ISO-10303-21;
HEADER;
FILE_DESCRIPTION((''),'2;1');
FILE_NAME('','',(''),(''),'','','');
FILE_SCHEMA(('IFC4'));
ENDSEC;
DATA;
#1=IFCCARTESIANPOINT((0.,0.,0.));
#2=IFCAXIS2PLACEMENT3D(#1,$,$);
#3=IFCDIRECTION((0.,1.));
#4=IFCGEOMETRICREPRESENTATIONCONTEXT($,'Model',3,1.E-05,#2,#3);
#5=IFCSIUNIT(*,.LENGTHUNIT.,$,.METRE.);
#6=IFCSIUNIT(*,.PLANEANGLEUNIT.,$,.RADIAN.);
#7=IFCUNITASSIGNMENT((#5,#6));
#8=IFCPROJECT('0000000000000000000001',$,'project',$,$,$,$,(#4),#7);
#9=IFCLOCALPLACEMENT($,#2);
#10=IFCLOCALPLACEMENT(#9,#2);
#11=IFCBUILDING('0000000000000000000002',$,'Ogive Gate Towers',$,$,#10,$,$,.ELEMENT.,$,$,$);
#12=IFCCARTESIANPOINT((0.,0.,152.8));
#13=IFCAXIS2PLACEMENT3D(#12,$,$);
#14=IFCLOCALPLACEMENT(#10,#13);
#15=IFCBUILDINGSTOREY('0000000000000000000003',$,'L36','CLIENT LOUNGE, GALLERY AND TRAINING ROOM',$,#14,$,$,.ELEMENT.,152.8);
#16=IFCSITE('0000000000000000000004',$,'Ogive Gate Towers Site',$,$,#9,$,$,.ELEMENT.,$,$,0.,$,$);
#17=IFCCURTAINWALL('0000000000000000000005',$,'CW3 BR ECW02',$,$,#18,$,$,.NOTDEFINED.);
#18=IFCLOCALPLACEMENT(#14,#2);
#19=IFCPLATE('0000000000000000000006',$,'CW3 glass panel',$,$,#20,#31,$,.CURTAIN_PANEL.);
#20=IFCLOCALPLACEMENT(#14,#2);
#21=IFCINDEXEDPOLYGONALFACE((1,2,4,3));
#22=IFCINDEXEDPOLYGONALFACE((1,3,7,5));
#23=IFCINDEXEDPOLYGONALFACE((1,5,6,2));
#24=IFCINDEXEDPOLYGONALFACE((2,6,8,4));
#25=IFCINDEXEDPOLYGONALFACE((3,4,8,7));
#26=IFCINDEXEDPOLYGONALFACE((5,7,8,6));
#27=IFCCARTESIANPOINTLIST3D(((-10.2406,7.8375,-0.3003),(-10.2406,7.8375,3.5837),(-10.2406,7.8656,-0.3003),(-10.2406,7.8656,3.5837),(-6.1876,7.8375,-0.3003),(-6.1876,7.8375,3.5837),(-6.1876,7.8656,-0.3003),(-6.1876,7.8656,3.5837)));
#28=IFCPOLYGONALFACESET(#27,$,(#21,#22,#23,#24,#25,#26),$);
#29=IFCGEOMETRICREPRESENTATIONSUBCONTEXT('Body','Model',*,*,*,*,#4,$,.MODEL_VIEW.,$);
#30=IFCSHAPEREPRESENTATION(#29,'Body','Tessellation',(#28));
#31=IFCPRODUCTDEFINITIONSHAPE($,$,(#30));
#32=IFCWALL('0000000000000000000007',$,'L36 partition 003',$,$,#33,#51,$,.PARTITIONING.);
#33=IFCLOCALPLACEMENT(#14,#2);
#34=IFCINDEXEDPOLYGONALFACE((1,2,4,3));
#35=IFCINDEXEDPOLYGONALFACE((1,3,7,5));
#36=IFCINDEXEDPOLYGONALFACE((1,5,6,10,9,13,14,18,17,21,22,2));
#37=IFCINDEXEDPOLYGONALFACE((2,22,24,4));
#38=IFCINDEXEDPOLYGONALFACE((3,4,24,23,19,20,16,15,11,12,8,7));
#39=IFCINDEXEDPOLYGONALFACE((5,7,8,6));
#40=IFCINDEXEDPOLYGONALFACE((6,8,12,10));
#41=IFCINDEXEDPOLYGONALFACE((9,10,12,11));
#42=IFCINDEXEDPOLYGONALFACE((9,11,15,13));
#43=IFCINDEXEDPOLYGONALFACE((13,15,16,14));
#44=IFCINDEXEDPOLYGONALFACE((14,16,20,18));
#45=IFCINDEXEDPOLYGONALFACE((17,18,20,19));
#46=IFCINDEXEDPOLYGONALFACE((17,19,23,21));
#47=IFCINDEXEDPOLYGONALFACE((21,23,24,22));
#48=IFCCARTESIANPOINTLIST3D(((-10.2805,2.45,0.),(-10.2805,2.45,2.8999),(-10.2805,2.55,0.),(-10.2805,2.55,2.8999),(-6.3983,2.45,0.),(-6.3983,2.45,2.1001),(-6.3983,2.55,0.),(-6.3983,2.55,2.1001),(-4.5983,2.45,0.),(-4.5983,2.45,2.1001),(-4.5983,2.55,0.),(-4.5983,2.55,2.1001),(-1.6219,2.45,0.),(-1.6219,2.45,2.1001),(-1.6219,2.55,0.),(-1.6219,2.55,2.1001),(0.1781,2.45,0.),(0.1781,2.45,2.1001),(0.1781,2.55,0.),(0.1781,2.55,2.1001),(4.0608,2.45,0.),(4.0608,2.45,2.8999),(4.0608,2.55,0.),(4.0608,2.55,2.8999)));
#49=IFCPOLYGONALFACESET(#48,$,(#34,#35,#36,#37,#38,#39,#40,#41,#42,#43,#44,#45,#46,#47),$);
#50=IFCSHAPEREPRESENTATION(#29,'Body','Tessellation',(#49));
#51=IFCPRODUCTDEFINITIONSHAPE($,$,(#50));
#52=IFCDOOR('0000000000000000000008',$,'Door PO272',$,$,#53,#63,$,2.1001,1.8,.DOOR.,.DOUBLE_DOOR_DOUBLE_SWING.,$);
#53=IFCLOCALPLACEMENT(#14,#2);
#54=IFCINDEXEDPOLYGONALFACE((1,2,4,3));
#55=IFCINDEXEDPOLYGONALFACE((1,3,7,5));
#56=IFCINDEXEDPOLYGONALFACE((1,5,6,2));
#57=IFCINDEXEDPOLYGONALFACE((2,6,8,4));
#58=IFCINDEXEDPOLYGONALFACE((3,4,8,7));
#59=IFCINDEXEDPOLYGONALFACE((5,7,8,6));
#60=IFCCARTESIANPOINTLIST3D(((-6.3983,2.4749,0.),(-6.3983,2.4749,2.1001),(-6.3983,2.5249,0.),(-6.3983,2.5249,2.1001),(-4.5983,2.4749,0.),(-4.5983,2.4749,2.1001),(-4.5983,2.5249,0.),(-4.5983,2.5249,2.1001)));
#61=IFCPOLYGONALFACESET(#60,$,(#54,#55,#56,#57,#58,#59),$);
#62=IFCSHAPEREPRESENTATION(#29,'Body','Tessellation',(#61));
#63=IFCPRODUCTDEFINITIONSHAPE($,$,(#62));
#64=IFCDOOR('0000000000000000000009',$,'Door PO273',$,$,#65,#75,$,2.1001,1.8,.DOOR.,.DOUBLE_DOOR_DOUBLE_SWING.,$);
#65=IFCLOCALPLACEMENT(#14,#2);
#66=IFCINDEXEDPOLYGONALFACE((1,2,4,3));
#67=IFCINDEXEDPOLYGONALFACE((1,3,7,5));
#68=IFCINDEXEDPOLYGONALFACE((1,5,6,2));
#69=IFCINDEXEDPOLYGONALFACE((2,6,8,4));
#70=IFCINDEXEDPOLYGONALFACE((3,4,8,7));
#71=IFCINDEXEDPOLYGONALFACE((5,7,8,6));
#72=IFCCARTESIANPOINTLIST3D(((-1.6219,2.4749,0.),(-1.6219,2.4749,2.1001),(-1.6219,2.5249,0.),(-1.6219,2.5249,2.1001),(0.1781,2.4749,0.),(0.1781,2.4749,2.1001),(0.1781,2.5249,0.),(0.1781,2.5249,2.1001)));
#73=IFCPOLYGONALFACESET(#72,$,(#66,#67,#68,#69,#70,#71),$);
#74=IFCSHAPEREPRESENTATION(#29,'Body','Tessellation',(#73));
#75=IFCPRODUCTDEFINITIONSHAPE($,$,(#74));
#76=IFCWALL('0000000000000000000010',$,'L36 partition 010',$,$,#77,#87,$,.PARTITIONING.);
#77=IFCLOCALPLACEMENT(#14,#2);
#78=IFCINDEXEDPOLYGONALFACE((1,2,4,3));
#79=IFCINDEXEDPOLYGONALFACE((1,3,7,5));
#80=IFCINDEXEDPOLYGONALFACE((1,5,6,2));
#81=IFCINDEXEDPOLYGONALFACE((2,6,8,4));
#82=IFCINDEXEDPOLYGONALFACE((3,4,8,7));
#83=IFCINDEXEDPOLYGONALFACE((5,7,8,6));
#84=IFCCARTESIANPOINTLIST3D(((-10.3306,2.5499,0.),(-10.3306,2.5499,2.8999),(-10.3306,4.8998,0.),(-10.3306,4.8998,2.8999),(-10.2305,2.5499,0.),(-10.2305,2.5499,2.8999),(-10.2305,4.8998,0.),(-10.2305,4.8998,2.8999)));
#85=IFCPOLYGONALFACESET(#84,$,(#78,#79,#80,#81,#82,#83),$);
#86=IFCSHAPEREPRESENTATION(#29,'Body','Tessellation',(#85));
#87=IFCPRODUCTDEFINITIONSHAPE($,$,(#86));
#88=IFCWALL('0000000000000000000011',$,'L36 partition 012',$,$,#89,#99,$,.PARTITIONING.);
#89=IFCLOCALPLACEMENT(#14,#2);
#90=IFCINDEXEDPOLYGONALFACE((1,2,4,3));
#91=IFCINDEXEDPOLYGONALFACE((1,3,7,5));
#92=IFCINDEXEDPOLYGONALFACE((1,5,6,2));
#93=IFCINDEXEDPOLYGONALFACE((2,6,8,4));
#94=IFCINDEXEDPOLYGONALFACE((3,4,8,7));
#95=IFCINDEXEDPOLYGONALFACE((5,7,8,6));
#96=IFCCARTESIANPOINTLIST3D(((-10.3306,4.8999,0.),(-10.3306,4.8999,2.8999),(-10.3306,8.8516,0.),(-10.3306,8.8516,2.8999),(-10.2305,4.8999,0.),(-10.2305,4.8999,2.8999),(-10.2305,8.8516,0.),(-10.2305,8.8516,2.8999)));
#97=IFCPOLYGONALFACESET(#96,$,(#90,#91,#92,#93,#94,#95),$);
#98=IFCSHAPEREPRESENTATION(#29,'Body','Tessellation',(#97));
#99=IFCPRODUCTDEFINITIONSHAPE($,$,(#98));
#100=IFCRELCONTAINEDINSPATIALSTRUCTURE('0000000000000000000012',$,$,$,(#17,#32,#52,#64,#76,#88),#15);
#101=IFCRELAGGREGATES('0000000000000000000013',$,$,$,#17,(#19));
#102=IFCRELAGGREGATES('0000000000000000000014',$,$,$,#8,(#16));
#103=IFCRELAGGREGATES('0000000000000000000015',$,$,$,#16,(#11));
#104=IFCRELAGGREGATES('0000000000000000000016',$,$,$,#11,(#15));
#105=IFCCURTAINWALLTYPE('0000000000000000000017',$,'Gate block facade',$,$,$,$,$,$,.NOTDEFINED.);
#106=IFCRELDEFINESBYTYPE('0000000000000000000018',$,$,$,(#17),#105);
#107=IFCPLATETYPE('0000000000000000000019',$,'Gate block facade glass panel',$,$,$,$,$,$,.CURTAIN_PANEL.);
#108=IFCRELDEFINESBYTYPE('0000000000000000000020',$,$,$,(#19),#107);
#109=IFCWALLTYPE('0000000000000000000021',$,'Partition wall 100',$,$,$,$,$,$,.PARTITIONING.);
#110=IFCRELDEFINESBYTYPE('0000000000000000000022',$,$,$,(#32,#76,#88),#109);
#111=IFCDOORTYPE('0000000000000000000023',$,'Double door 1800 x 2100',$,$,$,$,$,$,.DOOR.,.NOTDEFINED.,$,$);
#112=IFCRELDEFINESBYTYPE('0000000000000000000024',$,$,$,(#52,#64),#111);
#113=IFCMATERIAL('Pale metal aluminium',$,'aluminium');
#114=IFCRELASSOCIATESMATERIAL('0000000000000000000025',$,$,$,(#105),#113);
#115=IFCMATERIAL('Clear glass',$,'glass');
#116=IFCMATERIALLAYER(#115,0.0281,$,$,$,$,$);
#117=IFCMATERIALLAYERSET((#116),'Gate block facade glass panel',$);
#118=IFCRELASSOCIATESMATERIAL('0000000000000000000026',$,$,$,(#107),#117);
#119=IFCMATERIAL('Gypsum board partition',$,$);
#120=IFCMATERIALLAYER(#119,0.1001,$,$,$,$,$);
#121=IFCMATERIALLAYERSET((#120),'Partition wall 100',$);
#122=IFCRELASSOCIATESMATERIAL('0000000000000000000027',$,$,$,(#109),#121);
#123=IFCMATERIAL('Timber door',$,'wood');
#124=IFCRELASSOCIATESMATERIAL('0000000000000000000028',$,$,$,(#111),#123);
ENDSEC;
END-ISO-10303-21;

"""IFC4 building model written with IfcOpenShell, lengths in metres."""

from ifc_helpers import new_model, si_unit, direction, frame, frame_2d, origin, origin_2d, place, context, subcontext, project, spatial, rectangle, extrude, material, layer, layer_set, type_object, element, fill, aggregate, save


model = new_model("IFC4")

# Units and contexts
model_context = context("Model", 3, precision=1e-05, world=origin(), true_north=direction((0.0, 1.0)))
body_context = subcontext(model_context, "Body", "Model", "MODEL_VIEW")
ifc_project = project(units=[si_unit("LENGTHUNIT", "METRE"), si_unit("PLANEANGLEUNIT", "RADIAN")], contexts=[model_context])

# Site, building, storey
site_placement = place(None, origin())
site = spatial("IfcSite", under=ifc_project, at=site_placement, Name="Ogive Gate Towers Site", CompositionType="ELEMENT", RefElevation=0.0)
building_placement = place(site_placement, origin())
building = spatial("IfcBuilding", under=site, at=building_placement, Name="Ogive Gate Towers", CompositionType="ELEMENT")
storey_placement = place(building_placement, frame((0.0, 0.0, 152.8)))
storey = spatial("IfcBuildingStorey", under=building, at=storey_placement, Name="L36", Description="CLIENT LOUNGE, GALLERY AND TRAINING ROOM", CompositionType="ELEMENT", Elevation=152.8)

# Curtain wall
ifc_material_1 = material(Name="Pale metal aluminium", Category="aluminium")
curtain_wall_type = type_object("IfcCurtainWallType", Name="Gate block facade", PredefinedType="NOTDEFINED", material=ifc_material_1)
curtain_wall_placement = place(storey_placement, origin())
curtain_wall = element("IfcCurtainWall", 1, at=curtain_wall_placement, inside=storey, type_object=curtain_wall_type, Name="CW3 BR ECW02", PredefinedType="NOTDEFINED")

# Plate
ifc_material_2 = material(Name="Clear glass", Category="glass")
ifc_layer_1 = layer(ifc_material_2, 0.0281)
ifc_layer_set_1 = layer_set([ifc_layer_1], Name="Gate block facade glass panel")
plate_type = type_object("IfcPlateType", Name="Gate block facade glass panel", PredefinedType="CURTAIN_PANEL", material=ifc_layer_set_1)
plate_1_placement = place(storey_placement, frame((-8.2141, 7.8516, -0.3003), z_axis=(0.0, 0.0, 1.0), x_axis=(-1.0, 0.0, 0.0)))
plate_1 = element("IfcPlate", 2, at=plate_1_placement, type_object=plate_type, Name="CW3 glass panel", PredefinedType="CURTAIN_PANEL", context=body_context, shape_type="SweptSolid", body=[
    extrude(rectangle(XDim=4.053, YDim=0.0281, at=origin_2d()), origin(), (0.0, 0.0, 1.0), 3.884),
])
aggregate(curtain_wall, [plate_1])

# Wall, openings, doors
ifc_material_3 = material(Name="Gypsum board partition")
ifc_layer_2 = layer(ifc_material_3, 0.1001)
ifc_layer_set_2 = layer_set([ifc_layer_2], Name="Partition wall 100")
wall_type = type_object("IfcWallType", Name="Partition wall 100", PredefinedType="PARTITIONING", material=ifc_layer_set_2)
wall_1_placement = place(storey_placement, frame((-10.2805, 2.5, 0.0), z_axis=(0.0, 0.0, 1.0), x_axis=(1.0, 0.0, 0.0)))
wall_1 = element("IfcWall", 3, at=wall_1_placement, inside=storey, type_object=wall_type, Name="L36 partition 003", PredefinedType="PARTITIONING", context=body_context, shape_type="SweptSolid", body=[
    extrude(rectangle(XDim=14.3413, YDim=0.1001, at=frame_2d((7.1707, 0.0))), origin(), (0.0, 0.0, 1.0), 2.8999),
])
opening_1_placement = place(wall_1_placement, frame((3.8823, 0.0, 0.0)))
opening_1 = element("IfcOpeningElement", 4, at=opening_1_placement, cuts=wall_1, PredefinedType="OPENING", context=body_context, shape_type="SweptSolid", body=[
    extrude(rectangle(XDim=1.8, YDim=2.1001, at=frame_2d((0.8999, 1.05))), frame((0.0, 0.0601, 0.0), z_axis=(0.0, -1.0, 0.0), x_axis=(1.0, 0.0, 0.0)), (0.0, 0.0, 1.0), 0.1201),
])
opening_2_placement = place(wall_1_placement, frame((8.6587, 0.0, 0.0)))
opening_2 = element("IfcOpeningElement", 5, at=opening_2_placement, cuts=wall_1, PredefinedType="OPENING", context=body_context, shape_type="SweptSolid", body=[
    extrude(rectangle(XDim=1.8, YDim=2.1001, at=frame_2d((0.8999, 1.05))), frame((0.0, 0.0601, 0.0), z_axis=(0.0, -1.0, 0.0), x_axis=(1.0, 0.0, 0.0)), (0.0, 0.0, 1.0), 0.1201),
])
ifc_material_4 = material(Name="Timber door", Category="wood")
door_type = type_object("IfcDoorType", Name="Double door 1800 x 2100", OperationType="NOTDEFINED", PredefinedType="DOOR", material=ifc_material_4)
door_1_placement = place(opening_1_placement, origin())
door_1 = element("IfcDoor", 6, at=door_1_placement, inside=storey, type_object=door_type, Name="Door PO272", OperationType="DOUBLE_DOOR_DOUBLE_SWING", OverallHeight=2.1001, OverallWidth=1.8, PredefinedType="DOOR", context=body_context, shape_type="SweptSolid", body=[
    extrude(rectangle(XDim=1.8, YDim=2.1001, at=frame_2d((0.8999, 1.05))), frame((0.0, 0.0249, 0.0), z_axis=(0.0, -1.0, 0.0), x_axis=(1.0, 0.0, 0.0)), (0.0, 0.0, 1.0), 0.05),
])
fill(opening_1, door_1)
door_2_placement = place(opening_2_placement, origin())
door_2 = element("IfcDoor", 7, at=door_2_placement, inside=storey, type_object=door_type, Name="Door PO273", OperationType="DOUBLE_DOOR_DOUBLE_SWING", OverallHeight=2.1001, OverallWidth=1.8, PredefinedType="DOOR", context=body_context, shape_type="SweptSolid", body=[
    extrude(rectangle(XDim=1.8, YDim=2.1001, at=frame_2d((0.8999, 1.05))), frame((0.0, 0.0249, 0.0), z_axis=(0.0, -1.0, 0.0), x_axis=(1.0, 0.0, 0.0)), (0.0, 0.0, 1.0), 0.05),
])
fill(opening_2, door_2)

# Walls
wall_2_placement = place(storey_placement, frame((-10.2805, 2.55, 0.0), z_axis=(0.0, 0.0, 1.0), x_axis=(0.0, 1.0, 0.0)))
element("IfcWall", 8, at=wall_2_placement, inside=storey, type_object=wall_type, Name="L36 partition 010", PredefinedType="PARTITIONING", context=body_context, shape_type="SweptSolid", body=[
    extrude(rectangle(XDim=2.3499, YDim=0.1001, at=frame_2d((1.1748, 0.0))), origin(), (0.0, 0.0, 1.0), 2.8999),
])
wall_3_placement = place(storey_placement, frame((-10.2805, 4.8999, 0.0), z_axis=(0.0, 0.0, 1.0), x_axis=(0.0, 1.0, 0.0)))
element("IfcWall", 9, at=wall_3_placement, inside=storey, type_object=wall_type, Name="L36 partition 012", PredefinedType="PARTITIONING", context=body_context, shape_type="SweptSolid", body=[
    extrude(rectangle(XDim=3.9517, YDim=0.1001, at=frame_2d((1.9758, 0.0))), origin(), (0.0, 0.0, 1.0), 2.8999),
])

save(model, "model.ifc")
